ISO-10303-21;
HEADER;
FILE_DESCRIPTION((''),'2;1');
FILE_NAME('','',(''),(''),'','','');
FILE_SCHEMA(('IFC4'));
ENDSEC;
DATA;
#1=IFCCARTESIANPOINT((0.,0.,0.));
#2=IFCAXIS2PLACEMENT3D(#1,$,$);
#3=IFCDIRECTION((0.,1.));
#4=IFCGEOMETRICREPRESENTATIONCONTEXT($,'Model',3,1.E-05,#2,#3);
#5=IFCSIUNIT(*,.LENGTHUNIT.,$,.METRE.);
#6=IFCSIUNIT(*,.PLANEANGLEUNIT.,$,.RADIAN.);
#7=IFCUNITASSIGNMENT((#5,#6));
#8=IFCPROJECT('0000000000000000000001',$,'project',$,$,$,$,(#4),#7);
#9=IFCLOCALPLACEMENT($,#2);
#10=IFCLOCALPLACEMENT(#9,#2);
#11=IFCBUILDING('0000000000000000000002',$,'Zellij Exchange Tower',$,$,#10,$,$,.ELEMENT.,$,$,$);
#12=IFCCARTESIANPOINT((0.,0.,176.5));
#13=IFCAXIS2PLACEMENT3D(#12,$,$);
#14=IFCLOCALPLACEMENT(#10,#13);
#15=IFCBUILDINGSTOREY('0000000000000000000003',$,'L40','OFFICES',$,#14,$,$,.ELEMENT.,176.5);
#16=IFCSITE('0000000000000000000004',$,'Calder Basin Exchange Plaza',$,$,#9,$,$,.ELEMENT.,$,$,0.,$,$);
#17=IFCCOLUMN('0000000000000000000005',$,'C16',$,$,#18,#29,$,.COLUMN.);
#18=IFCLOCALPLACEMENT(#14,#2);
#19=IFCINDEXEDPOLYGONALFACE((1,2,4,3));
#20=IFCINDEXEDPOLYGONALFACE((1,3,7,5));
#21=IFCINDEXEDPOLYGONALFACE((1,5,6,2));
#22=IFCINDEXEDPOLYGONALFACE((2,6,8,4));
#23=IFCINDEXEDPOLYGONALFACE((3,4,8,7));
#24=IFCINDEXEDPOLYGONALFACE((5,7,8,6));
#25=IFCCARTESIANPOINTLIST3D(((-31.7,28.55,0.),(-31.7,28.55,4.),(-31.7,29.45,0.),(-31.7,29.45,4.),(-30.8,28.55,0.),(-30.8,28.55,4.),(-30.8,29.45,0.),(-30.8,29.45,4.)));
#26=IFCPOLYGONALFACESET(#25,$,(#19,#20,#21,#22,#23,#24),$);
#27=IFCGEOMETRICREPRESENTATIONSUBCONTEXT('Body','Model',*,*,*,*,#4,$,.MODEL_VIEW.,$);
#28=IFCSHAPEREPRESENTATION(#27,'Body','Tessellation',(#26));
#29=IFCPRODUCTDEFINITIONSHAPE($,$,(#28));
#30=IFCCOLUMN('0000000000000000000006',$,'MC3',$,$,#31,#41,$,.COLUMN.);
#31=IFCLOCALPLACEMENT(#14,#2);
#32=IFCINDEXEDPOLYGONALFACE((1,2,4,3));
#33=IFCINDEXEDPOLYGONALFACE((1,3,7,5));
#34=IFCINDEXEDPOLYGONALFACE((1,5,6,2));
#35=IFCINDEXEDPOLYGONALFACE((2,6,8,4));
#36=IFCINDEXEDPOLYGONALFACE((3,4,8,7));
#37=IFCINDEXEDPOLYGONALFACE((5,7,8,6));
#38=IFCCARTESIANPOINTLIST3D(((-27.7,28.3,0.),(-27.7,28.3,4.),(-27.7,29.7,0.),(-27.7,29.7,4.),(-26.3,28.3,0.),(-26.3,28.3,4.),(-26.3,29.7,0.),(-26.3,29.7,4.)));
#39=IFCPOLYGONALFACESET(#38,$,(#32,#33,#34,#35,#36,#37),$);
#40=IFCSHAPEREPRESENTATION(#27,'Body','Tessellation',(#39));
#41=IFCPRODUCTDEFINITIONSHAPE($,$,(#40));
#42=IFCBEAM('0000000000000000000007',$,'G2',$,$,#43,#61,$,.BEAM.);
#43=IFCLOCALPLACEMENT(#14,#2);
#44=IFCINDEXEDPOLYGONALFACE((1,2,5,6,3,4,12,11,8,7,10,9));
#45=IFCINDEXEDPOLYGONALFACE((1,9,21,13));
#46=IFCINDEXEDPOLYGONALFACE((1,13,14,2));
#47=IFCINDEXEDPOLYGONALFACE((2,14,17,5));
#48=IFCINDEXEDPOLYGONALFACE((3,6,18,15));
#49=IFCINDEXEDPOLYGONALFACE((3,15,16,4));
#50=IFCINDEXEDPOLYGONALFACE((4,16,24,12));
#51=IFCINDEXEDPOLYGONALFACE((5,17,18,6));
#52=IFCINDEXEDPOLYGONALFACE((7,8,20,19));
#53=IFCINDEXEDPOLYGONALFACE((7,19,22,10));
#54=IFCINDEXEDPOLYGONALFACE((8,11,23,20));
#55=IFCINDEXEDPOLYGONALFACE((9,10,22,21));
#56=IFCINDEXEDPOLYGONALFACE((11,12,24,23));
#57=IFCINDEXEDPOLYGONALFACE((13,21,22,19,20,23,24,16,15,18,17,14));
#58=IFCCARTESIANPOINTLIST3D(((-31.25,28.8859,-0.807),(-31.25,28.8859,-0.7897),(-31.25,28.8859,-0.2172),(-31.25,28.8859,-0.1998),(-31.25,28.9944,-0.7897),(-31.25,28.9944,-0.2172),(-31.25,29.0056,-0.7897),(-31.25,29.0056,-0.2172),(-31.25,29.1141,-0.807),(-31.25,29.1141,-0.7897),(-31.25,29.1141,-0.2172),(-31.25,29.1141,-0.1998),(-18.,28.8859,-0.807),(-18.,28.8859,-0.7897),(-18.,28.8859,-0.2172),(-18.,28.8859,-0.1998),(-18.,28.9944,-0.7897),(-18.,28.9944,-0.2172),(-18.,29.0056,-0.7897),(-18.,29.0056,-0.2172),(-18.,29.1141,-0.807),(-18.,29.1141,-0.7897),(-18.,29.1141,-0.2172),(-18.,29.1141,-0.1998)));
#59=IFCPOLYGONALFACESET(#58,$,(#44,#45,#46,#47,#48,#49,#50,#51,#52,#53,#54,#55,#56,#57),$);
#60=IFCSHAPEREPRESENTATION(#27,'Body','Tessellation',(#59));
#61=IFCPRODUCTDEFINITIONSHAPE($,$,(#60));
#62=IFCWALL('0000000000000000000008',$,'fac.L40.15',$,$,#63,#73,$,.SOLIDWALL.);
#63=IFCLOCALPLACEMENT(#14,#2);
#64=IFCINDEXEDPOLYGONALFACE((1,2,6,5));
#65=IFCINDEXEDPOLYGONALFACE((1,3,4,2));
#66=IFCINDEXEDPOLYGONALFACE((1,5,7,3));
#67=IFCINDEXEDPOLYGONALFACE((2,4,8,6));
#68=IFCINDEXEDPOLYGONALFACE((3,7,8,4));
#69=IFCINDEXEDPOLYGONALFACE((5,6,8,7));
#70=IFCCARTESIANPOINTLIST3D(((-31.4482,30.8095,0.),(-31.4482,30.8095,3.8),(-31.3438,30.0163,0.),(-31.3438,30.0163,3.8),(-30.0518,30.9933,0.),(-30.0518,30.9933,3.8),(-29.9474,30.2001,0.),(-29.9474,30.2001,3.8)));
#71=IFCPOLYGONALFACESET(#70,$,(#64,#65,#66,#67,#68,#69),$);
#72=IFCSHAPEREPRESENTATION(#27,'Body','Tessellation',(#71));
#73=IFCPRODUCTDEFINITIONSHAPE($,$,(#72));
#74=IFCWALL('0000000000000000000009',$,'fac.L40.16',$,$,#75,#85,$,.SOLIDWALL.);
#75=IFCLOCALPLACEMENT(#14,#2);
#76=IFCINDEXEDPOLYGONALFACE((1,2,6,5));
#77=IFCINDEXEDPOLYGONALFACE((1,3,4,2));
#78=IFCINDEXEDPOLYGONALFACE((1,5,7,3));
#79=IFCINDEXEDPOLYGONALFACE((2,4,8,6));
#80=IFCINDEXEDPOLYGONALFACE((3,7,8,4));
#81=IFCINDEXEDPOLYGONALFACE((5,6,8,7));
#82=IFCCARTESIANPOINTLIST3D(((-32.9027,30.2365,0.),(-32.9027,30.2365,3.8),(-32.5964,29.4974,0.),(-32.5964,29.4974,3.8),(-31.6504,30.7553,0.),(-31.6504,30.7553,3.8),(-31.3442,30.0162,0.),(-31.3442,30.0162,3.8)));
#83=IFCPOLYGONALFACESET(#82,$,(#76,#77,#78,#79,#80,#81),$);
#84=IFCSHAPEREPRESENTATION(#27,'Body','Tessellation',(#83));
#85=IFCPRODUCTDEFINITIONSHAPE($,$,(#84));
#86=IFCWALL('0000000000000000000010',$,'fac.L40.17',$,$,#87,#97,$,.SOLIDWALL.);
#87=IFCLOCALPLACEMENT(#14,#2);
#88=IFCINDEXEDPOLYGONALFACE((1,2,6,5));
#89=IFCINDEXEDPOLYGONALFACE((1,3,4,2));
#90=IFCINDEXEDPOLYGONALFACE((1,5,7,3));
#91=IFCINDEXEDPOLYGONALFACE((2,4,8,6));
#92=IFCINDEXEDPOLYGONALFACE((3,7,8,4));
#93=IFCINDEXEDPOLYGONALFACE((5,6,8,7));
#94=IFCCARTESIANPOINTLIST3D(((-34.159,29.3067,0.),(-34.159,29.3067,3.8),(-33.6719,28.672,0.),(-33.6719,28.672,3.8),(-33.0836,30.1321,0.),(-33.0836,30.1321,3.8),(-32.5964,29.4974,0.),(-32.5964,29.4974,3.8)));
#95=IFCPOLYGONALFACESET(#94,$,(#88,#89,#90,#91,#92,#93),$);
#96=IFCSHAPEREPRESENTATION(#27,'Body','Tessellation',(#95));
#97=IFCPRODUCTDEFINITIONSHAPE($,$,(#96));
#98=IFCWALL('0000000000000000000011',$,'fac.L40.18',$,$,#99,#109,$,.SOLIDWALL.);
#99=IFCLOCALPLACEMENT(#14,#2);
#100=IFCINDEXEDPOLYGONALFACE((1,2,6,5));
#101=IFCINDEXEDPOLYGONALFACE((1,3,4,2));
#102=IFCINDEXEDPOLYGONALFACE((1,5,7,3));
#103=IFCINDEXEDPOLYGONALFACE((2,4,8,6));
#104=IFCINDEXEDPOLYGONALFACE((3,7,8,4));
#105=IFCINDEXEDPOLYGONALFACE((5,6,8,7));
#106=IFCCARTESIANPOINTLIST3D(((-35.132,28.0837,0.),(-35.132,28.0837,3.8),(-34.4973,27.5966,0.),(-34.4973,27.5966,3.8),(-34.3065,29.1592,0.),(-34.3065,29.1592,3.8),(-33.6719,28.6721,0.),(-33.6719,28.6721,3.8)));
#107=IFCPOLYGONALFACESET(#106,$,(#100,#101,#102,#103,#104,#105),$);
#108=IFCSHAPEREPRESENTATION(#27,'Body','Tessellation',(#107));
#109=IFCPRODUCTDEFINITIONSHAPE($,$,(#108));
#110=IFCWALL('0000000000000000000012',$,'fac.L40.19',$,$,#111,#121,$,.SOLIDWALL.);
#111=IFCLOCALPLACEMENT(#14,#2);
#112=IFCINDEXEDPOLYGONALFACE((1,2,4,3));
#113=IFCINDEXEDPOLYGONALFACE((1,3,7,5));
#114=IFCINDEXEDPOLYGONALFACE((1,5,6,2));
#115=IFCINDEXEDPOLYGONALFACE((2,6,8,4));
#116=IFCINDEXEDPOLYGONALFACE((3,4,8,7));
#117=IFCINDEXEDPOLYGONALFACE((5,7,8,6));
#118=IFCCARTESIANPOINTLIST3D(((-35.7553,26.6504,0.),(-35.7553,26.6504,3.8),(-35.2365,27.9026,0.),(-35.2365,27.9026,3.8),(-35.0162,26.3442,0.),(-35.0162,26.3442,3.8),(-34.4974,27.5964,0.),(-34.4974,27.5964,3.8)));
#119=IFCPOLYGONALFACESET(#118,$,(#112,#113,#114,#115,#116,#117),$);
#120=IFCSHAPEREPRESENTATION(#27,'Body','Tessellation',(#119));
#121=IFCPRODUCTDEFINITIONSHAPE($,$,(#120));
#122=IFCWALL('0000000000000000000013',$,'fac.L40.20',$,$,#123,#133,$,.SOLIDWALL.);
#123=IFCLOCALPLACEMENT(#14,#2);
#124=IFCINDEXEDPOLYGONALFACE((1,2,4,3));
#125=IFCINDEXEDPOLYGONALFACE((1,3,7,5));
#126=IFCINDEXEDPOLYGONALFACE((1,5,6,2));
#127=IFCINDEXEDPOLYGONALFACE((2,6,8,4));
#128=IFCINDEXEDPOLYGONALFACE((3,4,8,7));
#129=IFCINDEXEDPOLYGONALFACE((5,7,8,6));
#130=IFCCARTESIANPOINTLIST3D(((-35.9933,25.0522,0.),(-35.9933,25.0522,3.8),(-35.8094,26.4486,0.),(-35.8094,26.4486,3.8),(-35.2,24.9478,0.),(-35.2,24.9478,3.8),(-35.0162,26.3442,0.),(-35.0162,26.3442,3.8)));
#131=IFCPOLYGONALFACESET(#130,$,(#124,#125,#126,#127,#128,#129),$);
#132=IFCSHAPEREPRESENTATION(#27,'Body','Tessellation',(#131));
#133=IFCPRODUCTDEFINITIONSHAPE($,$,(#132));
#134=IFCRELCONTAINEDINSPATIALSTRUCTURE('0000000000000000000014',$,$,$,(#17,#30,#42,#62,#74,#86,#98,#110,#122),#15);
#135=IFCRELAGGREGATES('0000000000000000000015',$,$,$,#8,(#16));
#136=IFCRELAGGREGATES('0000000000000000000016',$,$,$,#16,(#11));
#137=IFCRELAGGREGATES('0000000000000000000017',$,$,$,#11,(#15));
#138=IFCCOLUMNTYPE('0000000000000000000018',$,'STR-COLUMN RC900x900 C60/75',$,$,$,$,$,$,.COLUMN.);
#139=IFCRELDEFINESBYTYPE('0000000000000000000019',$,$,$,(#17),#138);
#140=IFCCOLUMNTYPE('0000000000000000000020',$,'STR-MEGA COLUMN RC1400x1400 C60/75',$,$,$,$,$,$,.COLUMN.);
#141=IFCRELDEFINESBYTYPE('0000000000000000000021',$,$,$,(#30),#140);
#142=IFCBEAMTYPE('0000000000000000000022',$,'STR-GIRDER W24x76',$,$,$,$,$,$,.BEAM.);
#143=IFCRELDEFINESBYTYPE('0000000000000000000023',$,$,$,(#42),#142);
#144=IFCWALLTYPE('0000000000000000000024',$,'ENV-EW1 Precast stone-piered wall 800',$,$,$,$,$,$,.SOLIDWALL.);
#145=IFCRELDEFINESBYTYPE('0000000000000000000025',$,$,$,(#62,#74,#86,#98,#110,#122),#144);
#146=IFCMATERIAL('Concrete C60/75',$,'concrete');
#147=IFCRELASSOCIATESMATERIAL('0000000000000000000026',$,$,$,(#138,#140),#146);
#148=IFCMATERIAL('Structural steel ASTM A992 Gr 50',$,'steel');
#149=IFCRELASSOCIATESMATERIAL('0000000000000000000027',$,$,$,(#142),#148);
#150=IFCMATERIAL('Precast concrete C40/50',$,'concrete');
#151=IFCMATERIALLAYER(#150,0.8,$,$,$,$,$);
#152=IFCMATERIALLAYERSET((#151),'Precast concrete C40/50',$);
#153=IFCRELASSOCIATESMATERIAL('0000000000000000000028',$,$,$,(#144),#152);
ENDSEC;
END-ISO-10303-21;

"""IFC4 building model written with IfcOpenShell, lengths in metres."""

from ifc_helpers import new_model, si_unit, direction, frame, frame_2d, origin, origin_2d, place, context, subcontext, project, spatial, rectangle, i_section, extrude, material, layer, layer_set, material_profile, profile_set, type_object, element, save


model = new_model("IFC4")

# Units and contexts
model_context = context("Model", 3, precision=1e-05, world=origin(), true_north=direction((0.0, 1.0)))
body_context = subcontext(model_context, "Body", "Model", "MODEL_VIEW")
ifc_project = project(units=[si_unit("LENGTHUNIT", "METRE"), si_unit("PLANEANGLEUNIT", "RADIAN")], contexts=[model_context])

# Site, building, storey
site_placement = place(None, origin())
site = spatial("IfcSite", under=ifc_project, at=site_placement, Name="Calder Basin Exchange Plaza", CompositionType="ELEMENT", RefElevation=0.0)
building_placement = place(site_placement, origin())
building = spatial("IfcBuilding", under=site, at=building_placement, Name="Zellij Exchange Tower", CompositionType="ELEMENT")
storey_placement = place(building_placement, frame((0.0, 0.0, 176.5)))
storey = spatial("IfcBuildingStorey", under=building, at=storey_placement, Name="L40", Description="OFFICES", CompositionType="ELEMENT", Elevation=176.5)

# Columns
ifc_material_1 = material(Name="Concrete C60/75", Category="concrete")
ifc_material_profile_1 = material_profile(ifc_material_1, rectangle(XDim=0.8999, YDim=0.8999, at=origin_2d()), Name="STR-COLUMN RC900x900 C60/75")
ifc_profile_set_1 = profile_set([ifc_material_profile_1], Name="Concrete C60/75")
column_type_1 = type_object("IfcColumnType", Name="STR-COLUMN RC900x900 C60/75", PredefinedType="COLUMN", material=ifc_profile_set_1)
column_1_placement = place(storey_placement, frame((-31.25, 29.0, 0.0), z_axis=(0.0, 0.0, 1.0), x_axis=(1.0, 0.0, 0.0)))
element("IfcColumn", 1, at=column_1_placement, inside=storey, type_object=column_type_1, Name="C16", PredefinedType="COLUMN", context=body_context, shape_type="SweptSolid", body=[
    extrude(rectangle(XDim=0.8999, YDim=0.8999, at=origin_2d()), origin(), (0.0, 0.0, 1.0), 4.0),
])
ifc_material_profile_2 = material_profile(ifc_material_1, rectangle(XDim=1.3999, YDim=1.3999, at=origin_2d()), Name="STR-MEGA COLUMN RC1400x1400 C60/75")
ifc_profile_set_2 = profile_set([ifc_material_profile_2], Name="Concrete C60/75")
column_type_2 = type_object("IfcColumnType", Name="STR-MEGA COLUMN RC1400x1400 C60/75", PredefinedType="COLUMN", material=ifc_profile_set_2)
column_2_placement = place(storey_placement, frame((-27.0, 29.0, 0.0), z_axis=(0.0, 0.0, 1.0), x_axis=(1.0, 0.0, 0.0)))
element("IfcColumn", 2, at=column_2_placement, inside=storey, type_object=column_type_2, Name="MC3", PredefinedType="COLUMN", context=body_context, shape_type="SweptSolid", body=[
    extrude(rectangle(XDim=1.3999, YDim=1.3999, at=origin_2d()), origin(), (0.0, 0.0, 1.0), 4.0),
])

# Beam
ifc_material_2 = material(Name="Structural steel ASTM A992 Gr 50", Category="steel")
ifc_material_profile_3 = material_profile(ifc_material_2, i_section(OverallWidth=0.2283, OverallDepth=0.6072, WebThickness=0.0112, FlangeThickness=0.0173, at=origin_2d()), Name="W24x76")
ifc_profile_set_3 = profile_set([ifc_material_profile_3], Name="Structural steel ASTM A992 Gr 50")
beam_type = type_object("IfcBeamType", Name="STR-GIRDER W24x76", PredefinedType="BEAM", material=ifc_profile_set_3)
beam_placement = place(storey_placement, frame((-31.25, 29.0, -0.5034), z_axis=(1.0, 0.0, 0.0), x_axis=(0.0, 1.0, 0.0)))
element("IfcBeam", 3, at=beam_placement, inside=storey, type_object=beam_type, Name="G2", PredefinedType="BEAM", context=body_context, shape_type="SweptSolid", body=[
    extrude(i_section(OverallWidth=0.2283, OverallDepth=0.6072, WebThickness=0.0112, FlangeThickness=0.0173, at=origin_2d()), origin(), (0.0, 0.0, 1.0), 13.25),
])

# Walls
ifc_material_3 = material(Name="Precast concrete C40/50", Category="concrete")
ifc_layer_1 = layer(ifc_material_3, 0.8)
ifc_layer_set_1 = layer_set([ifc_layer_1], Name="Precast concrete C40/50")
wall_type_1 = type_object("IfcWallType", Name="ENV-EW1 Precast stone-piered wall 800", PredefinedType="SOLIDWALL", material=ifc_layer_set_1)
wall_1_placement = place(storey_placement, frame((-29.9998, 30.5967, 0.0), z_axis=(0.0, 0.0, 1.0), x_axis=(-0.991446, -0.130517, 0.0)))
element("IfcWall", 4, at=wall_1_placement, inside=storey, type_object=wall_type_1, Name="fac.L40.15", PredefinedType="SOLIDWALL", context=body_context, shape_type="SweptSolid", body=[
    extrude(rectangle(XDim=1.4084, YDim=0.8, at=frame_2d((0.7041, 0.0))), origin(), (0.0, 0.0, 1.0), 3.8),
])
wall_2_placement = place(storey_placement, frame((-31.4973, 30.3857, 0.0), z_axis=(0.0, 0.0, 1.0), x_axis=(-0.923848, -0.38276, 0.0)))
element("IfcWall", 5, at=wall_2_placement, inside=storey, type_object=wall_type_1, Name="fac.L40.16", PredefinedType="SOLIDWALL", context=body_context, shape_type="SweptSolid", body=[
    extrude(rectangle(XDim=1.3555, YDim=0.8, at=frame_2d((0.6777, 0.0))), origin(), (0.0, 0.0, 1.0), 3.8),
])
for number, where, z_axis, x_axis, name in (
    (6, (-32.8401, 29.8147, 0.0), (0.0, 0.0, 1.0), (-0.793273, -0.608866, 0.0), "fac.L40.17"),
    (7, (-33.9893, 28.9155, 0.0), (0.0, 0.0, 1.0), (-0.608866, -0.793273, 0.0), "fac.L40.18"),
):
    element("IfcWall", number, at=place(storey_placement, frame(where, z_axis=z_axis, x_axis=x_axis)), inside=storey, type_object=wall_type_1, Name=name, PredefinedType="SOLIDWALL", context=body_context, shape_type="SweptSolid", body=[
        extrude(rectangle(XDim=1.3557, YDim=0.8, at=frame_2d((0.6777, 0.0))), origin(), (0.0, 0.0, 1.0), 3.8),
    ])
wall_3_placement = place(storey_placement, frame((-34.8669, 27.7495, 0.0), z_axis=(0.0, 0.0, 1.0), x_axis=(-0.38276, -0.923848, 0.0)))
element("IfcWall", 8, at=wall_3_placement, inside=storey, type_object=wall_type_1, Name="fac.L40.19", PredefinedType="SOLIDWALL", context=body_context, shape_type="SweptSolid", body=[
    extrude(rectangle(XDim=1.3555, YDim=0.8, at=frame_2d((0.6777, 0.0))), origin(), (0.0, 0.0, 1.0), 3.8),
])
wall_4_placement = place(storey_placement, frame((-35.4128, 26.3962, 0.0), z_axis=(0.0, 0.0, 1.0), x_axis=(-0.130517, -0.991446, 0.0)))
element("IfcWall", 9, at=wall_4_placement, inside=storey, type_object=wall_type_1, Name="fac.L40.20", PredefinedType="SOLIDWALL", context=body_context, shape_type="SweptSolid", body=[
    extrude(rectangle(XDim=1.4084, YDim=0.8, at=frame_2d((0.7041, 0.0))), origin(), (0.0, 0.0, 1.0), 3.8),
])

save(model, "model.ifc")
